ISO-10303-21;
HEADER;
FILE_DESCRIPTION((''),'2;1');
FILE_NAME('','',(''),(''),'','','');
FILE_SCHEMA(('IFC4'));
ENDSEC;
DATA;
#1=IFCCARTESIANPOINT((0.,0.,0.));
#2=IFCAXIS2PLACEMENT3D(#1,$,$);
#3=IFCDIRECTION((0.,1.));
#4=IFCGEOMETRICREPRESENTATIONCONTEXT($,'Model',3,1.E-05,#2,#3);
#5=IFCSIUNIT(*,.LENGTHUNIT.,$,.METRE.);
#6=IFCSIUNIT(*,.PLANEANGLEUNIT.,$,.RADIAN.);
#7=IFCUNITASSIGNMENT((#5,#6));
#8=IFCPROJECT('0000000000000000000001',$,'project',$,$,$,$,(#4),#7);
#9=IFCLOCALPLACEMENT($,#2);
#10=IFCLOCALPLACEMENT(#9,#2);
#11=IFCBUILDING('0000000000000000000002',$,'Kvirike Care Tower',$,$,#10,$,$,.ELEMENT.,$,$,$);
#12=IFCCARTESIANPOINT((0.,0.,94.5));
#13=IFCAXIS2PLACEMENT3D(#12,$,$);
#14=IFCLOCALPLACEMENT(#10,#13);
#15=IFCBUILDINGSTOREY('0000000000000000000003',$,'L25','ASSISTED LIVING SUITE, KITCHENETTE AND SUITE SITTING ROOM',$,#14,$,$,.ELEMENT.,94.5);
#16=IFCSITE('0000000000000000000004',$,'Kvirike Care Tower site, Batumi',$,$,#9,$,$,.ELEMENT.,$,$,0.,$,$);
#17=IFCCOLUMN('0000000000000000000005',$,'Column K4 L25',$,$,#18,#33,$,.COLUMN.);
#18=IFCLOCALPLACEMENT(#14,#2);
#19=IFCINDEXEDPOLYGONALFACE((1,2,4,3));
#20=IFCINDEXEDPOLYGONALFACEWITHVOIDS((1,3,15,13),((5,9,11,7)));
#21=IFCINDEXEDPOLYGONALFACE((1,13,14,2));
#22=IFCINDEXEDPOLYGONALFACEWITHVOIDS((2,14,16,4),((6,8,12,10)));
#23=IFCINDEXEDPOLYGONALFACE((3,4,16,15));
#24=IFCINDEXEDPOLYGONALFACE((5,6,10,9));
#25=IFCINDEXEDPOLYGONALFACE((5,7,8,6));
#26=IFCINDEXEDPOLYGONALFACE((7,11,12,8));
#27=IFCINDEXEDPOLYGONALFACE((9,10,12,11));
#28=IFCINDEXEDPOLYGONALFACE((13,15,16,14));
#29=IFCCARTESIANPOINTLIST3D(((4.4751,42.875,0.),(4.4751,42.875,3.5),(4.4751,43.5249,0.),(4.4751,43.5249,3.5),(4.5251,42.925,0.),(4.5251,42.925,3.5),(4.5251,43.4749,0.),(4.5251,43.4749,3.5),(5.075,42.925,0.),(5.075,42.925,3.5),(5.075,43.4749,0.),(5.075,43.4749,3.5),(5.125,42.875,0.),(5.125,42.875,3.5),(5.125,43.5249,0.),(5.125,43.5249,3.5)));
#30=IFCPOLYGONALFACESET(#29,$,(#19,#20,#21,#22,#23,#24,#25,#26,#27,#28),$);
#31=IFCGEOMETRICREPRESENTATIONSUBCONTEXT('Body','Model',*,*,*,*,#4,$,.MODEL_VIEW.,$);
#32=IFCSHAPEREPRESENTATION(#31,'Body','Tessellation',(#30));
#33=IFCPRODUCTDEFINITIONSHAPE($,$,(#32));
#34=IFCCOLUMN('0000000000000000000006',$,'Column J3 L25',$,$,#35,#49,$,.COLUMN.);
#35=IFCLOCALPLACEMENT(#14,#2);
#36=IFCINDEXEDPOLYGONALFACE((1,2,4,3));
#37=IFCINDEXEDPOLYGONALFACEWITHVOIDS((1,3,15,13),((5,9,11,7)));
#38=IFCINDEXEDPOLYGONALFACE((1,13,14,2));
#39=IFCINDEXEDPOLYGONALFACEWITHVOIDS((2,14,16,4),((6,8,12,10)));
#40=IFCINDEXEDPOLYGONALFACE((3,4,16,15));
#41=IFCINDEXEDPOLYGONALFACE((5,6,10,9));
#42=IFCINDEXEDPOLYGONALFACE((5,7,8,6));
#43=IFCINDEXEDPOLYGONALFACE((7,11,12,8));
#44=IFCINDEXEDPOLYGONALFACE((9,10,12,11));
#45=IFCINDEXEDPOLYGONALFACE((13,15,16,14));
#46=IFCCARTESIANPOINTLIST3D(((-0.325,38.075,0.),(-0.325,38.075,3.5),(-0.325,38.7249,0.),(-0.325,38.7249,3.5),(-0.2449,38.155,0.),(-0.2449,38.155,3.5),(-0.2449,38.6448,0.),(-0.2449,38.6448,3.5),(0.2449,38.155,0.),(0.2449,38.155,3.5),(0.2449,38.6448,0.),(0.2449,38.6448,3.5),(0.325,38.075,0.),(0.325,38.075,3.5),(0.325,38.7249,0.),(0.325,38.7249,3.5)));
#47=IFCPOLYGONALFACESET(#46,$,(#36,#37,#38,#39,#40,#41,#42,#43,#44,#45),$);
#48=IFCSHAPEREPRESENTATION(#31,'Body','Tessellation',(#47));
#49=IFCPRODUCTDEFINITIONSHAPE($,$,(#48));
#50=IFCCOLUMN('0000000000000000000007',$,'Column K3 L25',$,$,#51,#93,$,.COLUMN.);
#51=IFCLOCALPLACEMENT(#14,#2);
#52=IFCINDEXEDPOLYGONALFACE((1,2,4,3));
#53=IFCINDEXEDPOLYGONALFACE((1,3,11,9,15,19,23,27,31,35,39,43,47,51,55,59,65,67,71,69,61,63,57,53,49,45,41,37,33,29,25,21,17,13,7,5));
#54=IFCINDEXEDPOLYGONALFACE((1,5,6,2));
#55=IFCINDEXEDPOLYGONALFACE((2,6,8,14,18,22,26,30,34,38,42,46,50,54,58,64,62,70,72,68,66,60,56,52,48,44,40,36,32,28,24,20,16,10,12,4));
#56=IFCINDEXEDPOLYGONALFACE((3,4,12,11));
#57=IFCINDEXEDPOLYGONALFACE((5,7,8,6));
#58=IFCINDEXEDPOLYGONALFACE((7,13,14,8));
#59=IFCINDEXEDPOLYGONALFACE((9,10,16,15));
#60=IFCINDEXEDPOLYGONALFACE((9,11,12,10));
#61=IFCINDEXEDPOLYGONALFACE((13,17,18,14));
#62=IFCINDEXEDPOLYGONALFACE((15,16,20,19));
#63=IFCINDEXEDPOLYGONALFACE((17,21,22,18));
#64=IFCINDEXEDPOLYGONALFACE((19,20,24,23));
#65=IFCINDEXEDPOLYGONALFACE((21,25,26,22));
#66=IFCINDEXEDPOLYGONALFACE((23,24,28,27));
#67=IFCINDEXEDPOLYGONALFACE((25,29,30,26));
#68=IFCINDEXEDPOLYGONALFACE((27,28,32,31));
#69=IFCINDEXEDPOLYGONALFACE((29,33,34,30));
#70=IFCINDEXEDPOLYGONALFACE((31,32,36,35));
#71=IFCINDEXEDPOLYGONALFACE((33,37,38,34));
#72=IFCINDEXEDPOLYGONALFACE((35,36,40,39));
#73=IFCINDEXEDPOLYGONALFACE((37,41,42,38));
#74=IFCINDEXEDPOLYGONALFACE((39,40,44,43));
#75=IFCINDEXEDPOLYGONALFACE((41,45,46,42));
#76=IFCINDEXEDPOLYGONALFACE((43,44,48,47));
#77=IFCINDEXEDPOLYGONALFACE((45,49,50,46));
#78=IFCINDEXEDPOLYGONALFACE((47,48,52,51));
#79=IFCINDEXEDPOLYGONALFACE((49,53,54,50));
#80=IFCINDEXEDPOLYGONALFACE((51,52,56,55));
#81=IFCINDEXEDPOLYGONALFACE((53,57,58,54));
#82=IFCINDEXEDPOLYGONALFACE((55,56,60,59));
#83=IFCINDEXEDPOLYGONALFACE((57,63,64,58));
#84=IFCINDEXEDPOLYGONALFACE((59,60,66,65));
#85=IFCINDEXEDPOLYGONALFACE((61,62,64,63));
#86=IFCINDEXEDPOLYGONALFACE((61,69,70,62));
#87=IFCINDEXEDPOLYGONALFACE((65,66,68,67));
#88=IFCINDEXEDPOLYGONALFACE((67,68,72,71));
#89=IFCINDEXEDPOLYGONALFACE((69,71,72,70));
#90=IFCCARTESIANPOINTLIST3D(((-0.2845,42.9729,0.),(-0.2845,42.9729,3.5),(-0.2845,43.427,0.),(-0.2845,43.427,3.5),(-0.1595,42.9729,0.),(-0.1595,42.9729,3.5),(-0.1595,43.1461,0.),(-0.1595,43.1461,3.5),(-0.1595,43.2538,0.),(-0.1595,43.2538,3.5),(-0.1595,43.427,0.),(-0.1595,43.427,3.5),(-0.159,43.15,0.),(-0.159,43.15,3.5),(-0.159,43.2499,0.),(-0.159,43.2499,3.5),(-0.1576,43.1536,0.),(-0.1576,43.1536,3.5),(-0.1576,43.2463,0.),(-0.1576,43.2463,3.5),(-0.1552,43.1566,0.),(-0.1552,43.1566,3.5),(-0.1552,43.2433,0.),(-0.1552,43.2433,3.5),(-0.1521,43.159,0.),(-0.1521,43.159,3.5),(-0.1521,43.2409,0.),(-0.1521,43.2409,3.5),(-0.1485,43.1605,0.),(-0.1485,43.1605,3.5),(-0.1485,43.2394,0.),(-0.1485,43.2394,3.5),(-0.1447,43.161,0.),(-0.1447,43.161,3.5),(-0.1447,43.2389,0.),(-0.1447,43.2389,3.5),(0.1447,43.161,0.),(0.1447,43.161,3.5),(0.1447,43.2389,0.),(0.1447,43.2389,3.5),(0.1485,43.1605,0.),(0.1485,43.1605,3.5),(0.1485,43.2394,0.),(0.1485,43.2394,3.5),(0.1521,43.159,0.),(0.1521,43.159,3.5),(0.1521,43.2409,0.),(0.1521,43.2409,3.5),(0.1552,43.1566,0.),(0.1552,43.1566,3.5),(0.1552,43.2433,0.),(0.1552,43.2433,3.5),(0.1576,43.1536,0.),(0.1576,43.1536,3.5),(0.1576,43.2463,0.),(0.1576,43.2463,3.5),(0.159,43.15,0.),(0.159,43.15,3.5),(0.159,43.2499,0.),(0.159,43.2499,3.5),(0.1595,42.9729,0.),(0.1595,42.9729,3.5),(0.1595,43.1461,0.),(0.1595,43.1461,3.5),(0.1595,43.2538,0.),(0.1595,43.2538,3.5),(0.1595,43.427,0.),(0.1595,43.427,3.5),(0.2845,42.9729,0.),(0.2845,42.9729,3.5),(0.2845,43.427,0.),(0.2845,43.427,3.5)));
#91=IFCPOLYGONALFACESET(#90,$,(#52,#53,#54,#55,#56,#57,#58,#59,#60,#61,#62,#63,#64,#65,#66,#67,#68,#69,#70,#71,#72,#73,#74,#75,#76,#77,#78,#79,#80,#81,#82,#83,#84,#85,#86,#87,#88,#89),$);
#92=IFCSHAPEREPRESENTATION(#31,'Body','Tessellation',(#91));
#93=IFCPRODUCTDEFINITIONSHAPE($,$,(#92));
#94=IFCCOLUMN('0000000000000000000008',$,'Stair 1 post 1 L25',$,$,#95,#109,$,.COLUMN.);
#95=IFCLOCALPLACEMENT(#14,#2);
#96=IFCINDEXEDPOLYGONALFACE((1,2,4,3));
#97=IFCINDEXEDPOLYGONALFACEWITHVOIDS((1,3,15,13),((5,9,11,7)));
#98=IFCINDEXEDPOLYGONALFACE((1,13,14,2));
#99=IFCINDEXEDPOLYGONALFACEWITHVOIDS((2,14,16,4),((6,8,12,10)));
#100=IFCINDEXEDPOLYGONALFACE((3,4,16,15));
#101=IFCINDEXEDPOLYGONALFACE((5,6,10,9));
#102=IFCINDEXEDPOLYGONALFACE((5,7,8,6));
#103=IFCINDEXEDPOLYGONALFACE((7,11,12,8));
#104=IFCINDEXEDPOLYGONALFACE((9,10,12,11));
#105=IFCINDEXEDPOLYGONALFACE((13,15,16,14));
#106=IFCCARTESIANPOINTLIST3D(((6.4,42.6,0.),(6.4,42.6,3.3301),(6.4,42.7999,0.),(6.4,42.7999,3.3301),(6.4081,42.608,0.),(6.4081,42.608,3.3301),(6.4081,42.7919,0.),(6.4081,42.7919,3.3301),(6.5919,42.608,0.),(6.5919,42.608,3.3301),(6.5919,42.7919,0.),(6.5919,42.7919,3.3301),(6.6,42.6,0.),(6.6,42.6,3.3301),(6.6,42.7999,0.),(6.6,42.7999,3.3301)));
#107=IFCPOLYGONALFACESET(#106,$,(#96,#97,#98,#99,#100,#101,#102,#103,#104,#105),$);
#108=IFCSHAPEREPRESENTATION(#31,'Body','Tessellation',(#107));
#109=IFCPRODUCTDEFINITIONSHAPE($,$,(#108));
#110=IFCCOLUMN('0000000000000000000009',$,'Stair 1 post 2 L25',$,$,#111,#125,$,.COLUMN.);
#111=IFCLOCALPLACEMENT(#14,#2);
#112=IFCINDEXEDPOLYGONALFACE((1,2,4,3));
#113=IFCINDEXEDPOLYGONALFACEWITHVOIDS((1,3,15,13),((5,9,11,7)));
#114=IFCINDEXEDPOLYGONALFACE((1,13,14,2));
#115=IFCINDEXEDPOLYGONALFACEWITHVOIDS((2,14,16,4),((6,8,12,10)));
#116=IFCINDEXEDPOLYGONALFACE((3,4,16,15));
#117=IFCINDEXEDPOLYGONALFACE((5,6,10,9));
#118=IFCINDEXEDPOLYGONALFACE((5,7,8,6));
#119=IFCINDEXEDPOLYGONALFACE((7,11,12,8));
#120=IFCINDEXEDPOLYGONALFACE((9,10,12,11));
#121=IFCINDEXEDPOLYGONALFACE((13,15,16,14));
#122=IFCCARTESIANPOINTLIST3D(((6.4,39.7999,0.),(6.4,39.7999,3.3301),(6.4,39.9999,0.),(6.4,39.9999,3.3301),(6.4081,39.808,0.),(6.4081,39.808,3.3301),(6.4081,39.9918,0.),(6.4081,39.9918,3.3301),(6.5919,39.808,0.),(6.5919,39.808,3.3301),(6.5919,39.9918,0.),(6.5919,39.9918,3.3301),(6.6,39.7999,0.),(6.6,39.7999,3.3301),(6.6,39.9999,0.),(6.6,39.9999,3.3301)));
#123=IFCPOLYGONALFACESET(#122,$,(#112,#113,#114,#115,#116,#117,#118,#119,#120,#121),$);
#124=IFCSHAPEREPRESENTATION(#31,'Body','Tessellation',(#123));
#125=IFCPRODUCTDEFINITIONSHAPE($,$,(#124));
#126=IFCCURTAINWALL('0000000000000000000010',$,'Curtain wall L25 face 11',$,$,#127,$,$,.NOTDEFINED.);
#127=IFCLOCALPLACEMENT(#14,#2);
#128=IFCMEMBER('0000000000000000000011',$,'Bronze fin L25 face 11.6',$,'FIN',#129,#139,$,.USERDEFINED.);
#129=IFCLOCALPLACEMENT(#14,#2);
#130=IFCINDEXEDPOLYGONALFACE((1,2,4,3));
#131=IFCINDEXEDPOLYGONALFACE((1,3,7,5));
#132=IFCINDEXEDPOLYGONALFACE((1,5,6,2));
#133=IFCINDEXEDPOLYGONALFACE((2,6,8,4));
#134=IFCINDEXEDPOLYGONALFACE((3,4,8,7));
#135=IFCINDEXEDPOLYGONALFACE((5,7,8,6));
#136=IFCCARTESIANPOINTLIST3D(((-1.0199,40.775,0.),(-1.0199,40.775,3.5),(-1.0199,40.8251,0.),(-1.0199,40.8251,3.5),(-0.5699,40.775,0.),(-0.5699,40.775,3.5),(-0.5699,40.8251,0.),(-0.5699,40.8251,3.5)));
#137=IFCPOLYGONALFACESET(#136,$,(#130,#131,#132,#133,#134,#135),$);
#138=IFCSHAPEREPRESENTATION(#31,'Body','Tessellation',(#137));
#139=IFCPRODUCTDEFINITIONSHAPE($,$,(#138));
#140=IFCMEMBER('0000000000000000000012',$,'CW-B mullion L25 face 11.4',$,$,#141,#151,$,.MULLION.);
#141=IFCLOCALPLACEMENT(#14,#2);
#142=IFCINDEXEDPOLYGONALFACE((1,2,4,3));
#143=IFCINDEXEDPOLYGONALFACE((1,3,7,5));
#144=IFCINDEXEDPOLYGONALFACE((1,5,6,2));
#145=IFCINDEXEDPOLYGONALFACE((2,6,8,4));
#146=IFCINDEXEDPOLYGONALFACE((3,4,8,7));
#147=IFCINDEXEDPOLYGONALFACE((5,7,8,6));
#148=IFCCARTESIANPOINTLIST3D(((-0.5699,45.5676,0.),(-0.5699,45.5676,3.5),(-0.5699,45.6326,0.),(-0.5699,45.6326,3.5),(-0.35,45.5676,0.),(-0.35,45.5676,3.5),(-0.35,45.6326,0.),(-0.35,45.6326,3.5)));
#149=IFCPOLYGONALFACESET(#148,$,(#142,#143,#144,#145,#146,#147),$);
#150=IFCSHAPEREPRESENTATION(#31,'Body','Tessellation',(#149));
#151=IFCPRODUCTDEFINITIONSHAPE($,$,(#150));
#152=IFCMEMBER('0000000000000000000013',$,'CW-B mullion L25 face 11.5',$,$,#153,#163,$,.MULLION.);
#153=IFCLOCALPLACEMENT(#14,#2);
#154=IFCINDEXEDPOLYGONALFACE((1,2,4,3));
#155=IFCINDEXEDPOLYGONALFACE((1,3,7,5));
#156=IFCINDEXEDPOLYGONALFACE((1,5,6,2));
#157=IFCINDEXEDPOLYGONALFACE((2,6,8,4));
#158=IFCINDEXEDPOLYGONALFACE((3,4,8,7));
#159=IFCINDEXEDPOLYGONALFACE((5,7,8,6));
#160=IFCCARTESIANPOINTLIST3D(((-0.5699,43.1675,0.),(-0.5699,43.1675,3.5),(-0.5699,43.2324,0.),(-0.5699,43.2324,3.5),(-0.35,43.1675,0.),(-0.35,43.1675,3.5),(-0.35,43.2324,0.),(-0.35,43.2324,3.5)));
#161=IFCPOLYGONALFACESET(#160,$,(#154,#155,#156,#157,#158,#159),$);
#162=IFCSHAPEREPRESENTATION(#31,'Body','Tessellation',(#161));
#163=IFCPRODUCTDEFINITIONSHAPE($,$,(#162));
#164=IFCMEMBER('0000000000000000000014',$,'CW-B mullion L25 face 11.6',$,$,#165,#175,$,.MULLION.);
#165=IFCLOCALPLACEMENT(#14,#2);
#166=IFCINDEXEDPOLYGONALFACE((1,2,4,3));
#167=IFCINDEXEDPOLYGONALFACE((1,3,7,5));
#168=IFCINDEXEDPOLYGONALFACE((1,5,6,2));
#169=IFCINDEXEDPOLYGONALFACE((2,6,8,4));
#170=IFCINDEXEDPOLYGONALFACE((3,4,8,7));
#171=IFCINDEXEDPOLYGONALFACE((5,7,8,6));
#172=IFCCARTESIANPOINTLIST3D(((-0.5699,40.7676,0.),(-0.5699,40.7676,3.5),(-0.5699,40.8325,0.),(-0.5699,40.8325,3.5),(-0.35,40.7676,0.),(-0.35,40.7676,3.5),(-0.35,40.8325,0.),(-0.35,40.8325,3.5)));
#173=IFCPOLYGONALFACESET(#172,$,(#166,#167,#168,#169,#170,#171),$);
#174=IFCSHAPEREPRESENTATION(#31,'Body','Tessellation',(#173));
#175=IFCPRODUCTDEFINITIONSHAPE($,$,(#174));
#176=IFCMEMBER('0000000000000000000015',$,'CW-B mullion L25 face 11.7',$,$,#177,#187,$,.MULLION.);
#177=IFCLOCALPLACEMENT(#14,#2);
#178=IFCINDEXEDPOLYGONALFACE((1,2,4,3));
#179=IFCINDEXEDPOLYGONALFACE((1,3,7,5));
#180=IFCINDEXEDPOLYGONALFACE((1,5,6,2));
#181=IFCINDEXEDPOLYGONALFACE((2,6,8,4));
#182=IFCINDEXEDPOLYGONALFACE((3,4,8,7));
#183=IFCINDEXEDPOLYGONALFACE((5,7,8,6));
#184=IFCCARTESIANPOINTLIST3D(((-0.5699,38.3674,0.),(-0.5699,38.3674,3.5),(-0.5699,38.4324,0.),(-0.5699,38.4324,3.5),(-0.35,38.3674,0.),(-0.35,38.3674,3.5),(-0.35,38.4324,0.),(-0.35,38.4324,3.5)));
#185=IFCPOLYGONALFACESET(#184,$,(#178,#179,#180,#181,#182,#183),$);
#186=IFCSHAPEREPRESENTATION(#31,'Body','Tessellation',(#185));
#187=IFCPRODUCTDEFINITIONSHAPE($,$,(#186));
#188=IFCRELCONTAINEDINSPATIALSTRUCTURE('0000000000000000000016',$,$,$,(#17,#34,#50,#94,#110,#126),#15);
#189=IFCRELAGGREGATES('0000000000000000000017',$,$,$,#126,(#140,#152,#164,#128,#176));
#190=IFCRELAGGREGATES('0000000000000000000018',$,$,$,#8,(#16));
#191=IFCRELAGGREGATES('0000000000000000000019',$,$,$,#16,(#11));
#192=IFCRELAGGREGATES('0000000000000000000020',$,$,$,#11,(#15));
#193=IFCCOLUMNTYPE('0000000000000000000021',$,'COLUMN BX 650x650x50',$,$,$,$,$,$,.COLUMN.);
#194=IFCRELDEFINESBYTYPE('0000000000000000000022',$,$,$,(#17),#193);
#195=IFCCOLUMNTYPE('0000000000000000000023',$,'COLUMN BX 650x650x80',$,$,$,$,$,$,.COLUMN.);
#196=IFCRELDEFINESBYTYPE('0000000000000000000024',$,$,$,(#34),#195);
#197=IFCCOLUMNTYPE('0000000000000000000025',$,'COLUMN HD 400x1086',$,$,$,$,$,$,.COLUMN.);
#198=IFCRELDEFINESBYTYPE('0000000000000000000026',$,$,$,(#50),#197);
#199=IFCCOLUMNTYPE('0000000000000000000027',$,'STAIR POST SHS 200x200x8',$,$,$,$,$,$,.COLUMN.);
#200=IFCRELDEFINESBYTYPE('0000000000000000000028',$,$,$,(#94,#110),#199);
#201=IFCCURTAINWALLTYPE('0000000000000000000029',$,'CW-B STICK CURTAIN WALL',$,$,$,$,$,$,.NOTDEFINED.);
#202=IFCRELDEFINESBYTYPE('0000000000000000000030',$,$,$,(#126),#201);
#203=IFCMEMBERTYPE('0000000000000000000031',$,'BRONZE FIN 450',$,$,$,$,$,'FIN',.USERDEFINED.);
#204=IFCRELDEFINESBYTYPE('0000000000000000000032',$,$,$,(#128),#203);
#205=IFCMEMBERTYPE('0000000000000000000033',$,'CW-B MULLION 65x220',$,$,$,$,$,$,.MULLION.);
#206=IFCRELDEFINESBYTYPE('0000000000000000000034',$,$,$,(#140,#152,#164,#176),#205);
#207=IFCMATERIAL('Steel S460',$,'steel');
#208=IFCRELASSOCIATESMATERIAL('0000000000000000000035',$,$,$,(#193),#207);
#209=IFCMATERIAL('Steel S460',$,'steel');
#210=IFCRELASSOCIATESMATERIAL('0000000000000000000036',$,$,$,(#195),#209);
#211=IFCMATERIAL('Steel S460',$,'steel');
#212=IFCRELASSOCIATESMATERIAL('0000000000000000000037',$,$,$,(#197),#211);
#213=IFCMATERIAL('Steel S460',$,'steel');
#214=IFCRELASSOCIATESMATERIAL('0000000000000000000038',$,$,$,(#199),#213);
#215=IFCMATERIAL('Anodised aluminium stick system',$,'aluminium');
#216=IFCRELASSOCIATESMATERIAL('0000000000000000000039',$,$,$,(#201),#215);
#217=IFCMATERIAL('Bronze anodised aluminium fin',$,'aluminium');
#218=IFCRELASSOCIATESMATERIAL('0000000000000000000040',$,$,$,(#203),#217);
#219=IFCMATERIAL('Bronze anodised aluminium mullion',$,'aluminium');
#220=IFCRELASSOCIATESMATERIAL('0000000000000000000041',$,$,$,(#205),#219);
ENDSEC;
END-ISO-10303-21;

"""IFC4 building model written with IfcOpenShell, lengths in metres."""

from ifc_helpers import new_model, si_unit, direction, frame, origin, origin_2d, place, context, subcontext, project, spatial, rectangle, hollow_rectangle, i_section, extrude, material, material_profile, profile_set, type_object, element, aggregate, save


model = new_model("IFC4")

# Units and contexts
model_context = context("Model", 3, precision=1e-05, world=origin(), true_north=direction((0.0, 1.0)))
body_context = subcontext(model_context, "Body", "Model", "MODEL_VIEW")
ifc_project = project(units=[si_unit("LENGTHUNIT", "METRE"), si_unit("PLANEANGLEUNIT", "RADIAN")], contexts=[model_context])

# Site, building, storey
site_placement = place(None, origin())
site = spatial("IfcSite", under=ifc_project, at=site_placement, Name="Kvirike Care Tower site, Batumi", CompositionType="ELEMENT", RefElevation=0.0)
building_placement = place(site_placement, origin())
building = spatial("IfcBuilding", under=site, at=building_placement, Name="Kvirike Care Tower", CompositionType="ELEMENT")
storey_placement = place(building_placement, frame((0.0, 0.0, 94.5)))
storey = spatial("IfcBuildingStorey", under=building, at=storey_placement, Name="L25", Description="ASSISTED LIVING SUITE, KITCHENETTE AND SUITE SITTING ROOM", CompositionType="ELEMENT", Elevation=94.5)

# Columns
ifc_material_1 = material(Name="Steel S460", Category="steel")
ifc_material_profile_1 = material_profile(ifc_material_1, hollow_rectangle(XDim=0.6499, YDim=0.6499, WallThickness=0.05, at=origin_2d()), Name="BX 650x650x50")
ifc_profile_set_1 = profile_set([ifc_material_profile_1], Name="Steel S460")
column_type_1 = type_object("IfcColumnType", Name="COLUMN BX 650x650x50", PredefinedType="COLUMN", material=ifc_profile_set_1)
column_1_placement = place(storey_placement, frame((4.8, 43.2, 0.0), z_axis=(0.0, 0.0, 1.0), x_axis=(0.0, 1.0, 0.0)))
element("IfcColumn", 1, at=column_1_placement, inside=storey, type_object=column_type_1, Name="Column K4 L25", PredefinedType="COLUMN", context=body_context, shape_type="SweptSolid", body=[
    extrude(hollow_rectangle(XDim=0.6499, YDim=0.6499, WallThickness=0.05, at=origin_2d()), origin(), (0.0, 0.0, 1.0), 3.5),
])
ifc_material_2 = material(Name="Steel S460", Category="steel")
ifc_material_profile_2 = material_profile(ifc_material_2, hollow_rectangle(XDim=0.6499, YDim=0.6499, WallThickness=0.0801, at=origin_2d()), Name="BX 650x650x80")
ifc_profile_set_2 = profile_set([ifc_material_profile_2], Name="Steel S460")
column_type_2 = type_object("IfcColumnType", Name="COLUMN BX 650x650x80", PredefinedType="COLUMN", material=ifc_profile_set_2)
column_2_placement = place(storey_placement, frame((0.0, 38.3999, 0.0), z_axis=(0.0, 0.0, 1.0), x_axis=(1.0, 0.0, 0.0)))
element("IfcColumn", 2, at=column_2_placement, inside=storey, type_object=column_type_2, Name="Column J3 L25", PredefinedType="COLUMN", context=body_context, shape_type="SweptSolid", body=[
    extrude(hollow_rectangle(XDim=0.6499, YDim=0.6499, WallThickness=0.0801, at=origin_2d()), origin(), (0.0, 0.0, 1.0), 3.5),
])
ifc_material_3 = material(Name="Steel S460", Category="steel")
ifc_material_profile_3 = material_profile(ifc_material_3, i_section(OverallWidth=0.4541, OverallDepth=0.5691, WebThickness=0.0779, FlangeThickness=0.125, FilletRadius=0.0149, at=origin_2d()), Name="HD 400x1086")
ifc_profile_set_3 = profile_set([ifc_material_profile_3], Name="Steel S460")
column_type_3 = type_object("IfcColumnType", Name="COLUMN HD 400x1086", PredefinedType="COLUMN", material=ifc_profile_set_3)
column_3_placement = place(storey_placement, frame((0.0, 43.2, 0.0), z_axis=(0.0, 0.0, 1.0), x_axis=(0.0, 1.0, 0.0)))
element("IfcColumn", 3, at=column_3_placement, inside=storey, type_object=column_type_3, Name="Column K3 L25", PredefinedType="COLUMN", context=body_context, shape_type="SweptSolid", body=[
    extrude(i_section(OverallWidth=0.4541, OverallDepth=0.5691, WebThickness=0.0779, FlangeThickness=0.125, FilletRadius=0.0149, at=origin_2d()), origin(), (0.0, 0.0, 1.0), 3.5),
])
ifc_material_4 = material(Name="Steel S460", Category="steel")
ifc_material_profile_4 = material_profile(ifc_material_4, hollow_rectangle(XDim=0.2, YDim=0.2, WallThickness=0.0081, at=origin_2d()), Name="SHS 200x200x8")
ifc_profile_set_4 = profile_set([ifc_material_profile_4], Name="Steel S460")
column_type_4 = type_object("IfcColumnType", Name="STAIR POST SHS 200x200x8", PredefinedType="COLUMN", material=ifc_profile_set_4)
for number, where, z_axis, x_axis, name in (
    (4, (6.5, 42.7, 0.0), (0.0, 0.0, 1.0), (1.0, 0.0, 0.0), "Stair 1 post 1 L25"),
    (5, (6.5, 39.8999, 0.0), (0.0, 0.0, 1.0), (1.0, 0.0, 0.0), "Stair 1 post 2 L25"),
):
    element("IfcColumn", number, at=place(storey_placement, frame(where, z_axis=z_axis, x_axis=x_axis)), inside=storey, type_object=column_type_4, Name=name, PredefinedType="COLUMN", context=body_context, shape_type="SweptSolid", body=[
        extrude(hollow_rectangle(XDim=0.2, YDim=0.2, WallThickness=0.0081, at=origin_2d()), origin(), (0.0, 0.0, 1.0), 3.3301),
    ])

# Curtain wall, members
ifc_material_5 = material(Name="Anodised aluminium stick system", Category="aluminium")
curtain_wall_type = type_object("IfcCurtainWallType", Name="CW-B STICK CURTAIN WALL", PredefinedType="NOTDEFINED", material=ifc_material_5)
curtain_wall_placement = place(storey_placement, origin())
curtain_wall = element("IfcCurtainWall", 6, at=curtain_wall_placement, inside=storey, type_object=curtain_wall_type, Name="Curtain wall L25 face 11", PredefinedType="NOTDEFINED")
ifc_material_6 = material(Name="Bronze anodised aluminium fin", Category="aluminium")
ifc_material_profile_5 = material_profile(ifc_material_6, rectangle(XDim=0.05, YDim=0.45, at=origin_2d()), Name="BRONZE FIN 450")
ifc_profile_set_5 = profile_set([ifc_material_profile_5], Name="Bronze anodised aluminium fin")
member_type_1 = type_object("IfcMemberType", Name="BRONZE FIN 450", ElementType="FIN", PredefinedType="USERDEFINED", material=ifc_profile_set_5)
member_1_placement = place(storey_placement, frame((-0.7949, 40.8, 0.0), z_axis=(0.0, 0.0, 1.0), x_axis=(0.0, -1.0, 0.0)))
member_1 = element("IfcMember", 7, at=member_1_placement, type_object=member_type_1, Name="Bronze fin L25 face 11.6", ObjectType="FIN", PredefinedType="USERDEFINED", context=body_context, shape_type="SweptSolid", body=[
    extrude(rectangle(XDim=0.05, YDim=0.45, at=origin_2d()), origin(), (0.0, 0.0, 1.0), 3.5),
])
ifc_material_7 = material(Name="Bronze anodised aluminium mullion", Category="aluminium")
ifc_material_profile_6 = material_profile(ifc_material_7, rectangle(XDim=0.0649, YDim=0.22, at=origin_2d()), Name="CW-B MULLION 65x220")
ifc_profile_set_6 = profile_set([ifc_material_profile_6], Name="Bronze anodised aluminium mullion")
member_type_2 = type_object("IfcMemberType", Name="CW-B MULLION 65x220", PredefinedType="MULLION", material=ifc_profile_set_6)
member_2_placement = place(storey_placement, frame((-0.46, 45.6001, 0.0), z_axis=(0.0, 0.0, 1.0), x_axis=(0.0, -1.0, 0.0)))
member_2 = element("IfcMember", 8, at=member_2_placement, type_object=member_type_2, Name="CW-B mullion L25 face 11.4", PredefinedType="MULLION", context=body_context, shape_type="SweptSolid", body=[
    extrude(rectangle(XDim=0.0649, YDim=0.22, at=origin_2d()), origin(), (0.0, 0.0, 1.0), 3.5),
])
member_3_placement = place(storey_placement, frame((-0.46, 43.2, 0.0), z_axis=(0.0, 0.0, 1.0), x_axis=(0.0, -1.0, 0.0)))
member_3 = element("IfcMember", 9, at=member_3_placement, type_object=member_type_2, Name="CW-B mullion L25 face 11.5", PredefinedType="MULLION", context=body_context, shape_type="SweptSolid", body=[
    extrude(rectangle(XDim=0.0649, YDim=0.22, at=origin_2d()), origin(), (0.0, 0.0, 1.0), 3.5),
])
member_4_placement = place(storey_placement, frame((-0.46, 40.8, 0.0), z_axis=(0.0, 0.0, 1.0), x_axis=(0.0, -1.0, 0.0)))
member_4 = element("IfcMember", 10, at=member_4_placement, type_object=member_type_2, Name="CW-B mullion L25 face 11.6", PredefinedType="MULLION", context=body_context, shape_type="SweptSolid", body=[
    extrude(rectangle(XDim=0.0649, YDim=0.22, at=origin_2d()), origin(), (0.0, 0.0, 1.0), 3.5),
])
member_5_placement = place(storey_placement, frame((-0.46, 38.3999, 0.0), z_axis=(0.0, 0.0, 1.0), x_axis=(0.0, -1.0, 0.0)))
member_5 = element("IfcMember", 11, at=member_5_placement, type_object=member_type_2, Name="CW-B mullion L25 face 11.7", PredefinedType="MULLION", context=body_context, shape_type="SweptSolid", body=[
    extrude(rectangle(XDim=0.0649, YDim=0.22, at=origin_2d()), origin(), (0.0, 0.0, 1.0), 3.5),
])

aggregate(curtain_wall, [member_2, member_3, member_4, member_1, member_5])

save(model, "model.ifc")
